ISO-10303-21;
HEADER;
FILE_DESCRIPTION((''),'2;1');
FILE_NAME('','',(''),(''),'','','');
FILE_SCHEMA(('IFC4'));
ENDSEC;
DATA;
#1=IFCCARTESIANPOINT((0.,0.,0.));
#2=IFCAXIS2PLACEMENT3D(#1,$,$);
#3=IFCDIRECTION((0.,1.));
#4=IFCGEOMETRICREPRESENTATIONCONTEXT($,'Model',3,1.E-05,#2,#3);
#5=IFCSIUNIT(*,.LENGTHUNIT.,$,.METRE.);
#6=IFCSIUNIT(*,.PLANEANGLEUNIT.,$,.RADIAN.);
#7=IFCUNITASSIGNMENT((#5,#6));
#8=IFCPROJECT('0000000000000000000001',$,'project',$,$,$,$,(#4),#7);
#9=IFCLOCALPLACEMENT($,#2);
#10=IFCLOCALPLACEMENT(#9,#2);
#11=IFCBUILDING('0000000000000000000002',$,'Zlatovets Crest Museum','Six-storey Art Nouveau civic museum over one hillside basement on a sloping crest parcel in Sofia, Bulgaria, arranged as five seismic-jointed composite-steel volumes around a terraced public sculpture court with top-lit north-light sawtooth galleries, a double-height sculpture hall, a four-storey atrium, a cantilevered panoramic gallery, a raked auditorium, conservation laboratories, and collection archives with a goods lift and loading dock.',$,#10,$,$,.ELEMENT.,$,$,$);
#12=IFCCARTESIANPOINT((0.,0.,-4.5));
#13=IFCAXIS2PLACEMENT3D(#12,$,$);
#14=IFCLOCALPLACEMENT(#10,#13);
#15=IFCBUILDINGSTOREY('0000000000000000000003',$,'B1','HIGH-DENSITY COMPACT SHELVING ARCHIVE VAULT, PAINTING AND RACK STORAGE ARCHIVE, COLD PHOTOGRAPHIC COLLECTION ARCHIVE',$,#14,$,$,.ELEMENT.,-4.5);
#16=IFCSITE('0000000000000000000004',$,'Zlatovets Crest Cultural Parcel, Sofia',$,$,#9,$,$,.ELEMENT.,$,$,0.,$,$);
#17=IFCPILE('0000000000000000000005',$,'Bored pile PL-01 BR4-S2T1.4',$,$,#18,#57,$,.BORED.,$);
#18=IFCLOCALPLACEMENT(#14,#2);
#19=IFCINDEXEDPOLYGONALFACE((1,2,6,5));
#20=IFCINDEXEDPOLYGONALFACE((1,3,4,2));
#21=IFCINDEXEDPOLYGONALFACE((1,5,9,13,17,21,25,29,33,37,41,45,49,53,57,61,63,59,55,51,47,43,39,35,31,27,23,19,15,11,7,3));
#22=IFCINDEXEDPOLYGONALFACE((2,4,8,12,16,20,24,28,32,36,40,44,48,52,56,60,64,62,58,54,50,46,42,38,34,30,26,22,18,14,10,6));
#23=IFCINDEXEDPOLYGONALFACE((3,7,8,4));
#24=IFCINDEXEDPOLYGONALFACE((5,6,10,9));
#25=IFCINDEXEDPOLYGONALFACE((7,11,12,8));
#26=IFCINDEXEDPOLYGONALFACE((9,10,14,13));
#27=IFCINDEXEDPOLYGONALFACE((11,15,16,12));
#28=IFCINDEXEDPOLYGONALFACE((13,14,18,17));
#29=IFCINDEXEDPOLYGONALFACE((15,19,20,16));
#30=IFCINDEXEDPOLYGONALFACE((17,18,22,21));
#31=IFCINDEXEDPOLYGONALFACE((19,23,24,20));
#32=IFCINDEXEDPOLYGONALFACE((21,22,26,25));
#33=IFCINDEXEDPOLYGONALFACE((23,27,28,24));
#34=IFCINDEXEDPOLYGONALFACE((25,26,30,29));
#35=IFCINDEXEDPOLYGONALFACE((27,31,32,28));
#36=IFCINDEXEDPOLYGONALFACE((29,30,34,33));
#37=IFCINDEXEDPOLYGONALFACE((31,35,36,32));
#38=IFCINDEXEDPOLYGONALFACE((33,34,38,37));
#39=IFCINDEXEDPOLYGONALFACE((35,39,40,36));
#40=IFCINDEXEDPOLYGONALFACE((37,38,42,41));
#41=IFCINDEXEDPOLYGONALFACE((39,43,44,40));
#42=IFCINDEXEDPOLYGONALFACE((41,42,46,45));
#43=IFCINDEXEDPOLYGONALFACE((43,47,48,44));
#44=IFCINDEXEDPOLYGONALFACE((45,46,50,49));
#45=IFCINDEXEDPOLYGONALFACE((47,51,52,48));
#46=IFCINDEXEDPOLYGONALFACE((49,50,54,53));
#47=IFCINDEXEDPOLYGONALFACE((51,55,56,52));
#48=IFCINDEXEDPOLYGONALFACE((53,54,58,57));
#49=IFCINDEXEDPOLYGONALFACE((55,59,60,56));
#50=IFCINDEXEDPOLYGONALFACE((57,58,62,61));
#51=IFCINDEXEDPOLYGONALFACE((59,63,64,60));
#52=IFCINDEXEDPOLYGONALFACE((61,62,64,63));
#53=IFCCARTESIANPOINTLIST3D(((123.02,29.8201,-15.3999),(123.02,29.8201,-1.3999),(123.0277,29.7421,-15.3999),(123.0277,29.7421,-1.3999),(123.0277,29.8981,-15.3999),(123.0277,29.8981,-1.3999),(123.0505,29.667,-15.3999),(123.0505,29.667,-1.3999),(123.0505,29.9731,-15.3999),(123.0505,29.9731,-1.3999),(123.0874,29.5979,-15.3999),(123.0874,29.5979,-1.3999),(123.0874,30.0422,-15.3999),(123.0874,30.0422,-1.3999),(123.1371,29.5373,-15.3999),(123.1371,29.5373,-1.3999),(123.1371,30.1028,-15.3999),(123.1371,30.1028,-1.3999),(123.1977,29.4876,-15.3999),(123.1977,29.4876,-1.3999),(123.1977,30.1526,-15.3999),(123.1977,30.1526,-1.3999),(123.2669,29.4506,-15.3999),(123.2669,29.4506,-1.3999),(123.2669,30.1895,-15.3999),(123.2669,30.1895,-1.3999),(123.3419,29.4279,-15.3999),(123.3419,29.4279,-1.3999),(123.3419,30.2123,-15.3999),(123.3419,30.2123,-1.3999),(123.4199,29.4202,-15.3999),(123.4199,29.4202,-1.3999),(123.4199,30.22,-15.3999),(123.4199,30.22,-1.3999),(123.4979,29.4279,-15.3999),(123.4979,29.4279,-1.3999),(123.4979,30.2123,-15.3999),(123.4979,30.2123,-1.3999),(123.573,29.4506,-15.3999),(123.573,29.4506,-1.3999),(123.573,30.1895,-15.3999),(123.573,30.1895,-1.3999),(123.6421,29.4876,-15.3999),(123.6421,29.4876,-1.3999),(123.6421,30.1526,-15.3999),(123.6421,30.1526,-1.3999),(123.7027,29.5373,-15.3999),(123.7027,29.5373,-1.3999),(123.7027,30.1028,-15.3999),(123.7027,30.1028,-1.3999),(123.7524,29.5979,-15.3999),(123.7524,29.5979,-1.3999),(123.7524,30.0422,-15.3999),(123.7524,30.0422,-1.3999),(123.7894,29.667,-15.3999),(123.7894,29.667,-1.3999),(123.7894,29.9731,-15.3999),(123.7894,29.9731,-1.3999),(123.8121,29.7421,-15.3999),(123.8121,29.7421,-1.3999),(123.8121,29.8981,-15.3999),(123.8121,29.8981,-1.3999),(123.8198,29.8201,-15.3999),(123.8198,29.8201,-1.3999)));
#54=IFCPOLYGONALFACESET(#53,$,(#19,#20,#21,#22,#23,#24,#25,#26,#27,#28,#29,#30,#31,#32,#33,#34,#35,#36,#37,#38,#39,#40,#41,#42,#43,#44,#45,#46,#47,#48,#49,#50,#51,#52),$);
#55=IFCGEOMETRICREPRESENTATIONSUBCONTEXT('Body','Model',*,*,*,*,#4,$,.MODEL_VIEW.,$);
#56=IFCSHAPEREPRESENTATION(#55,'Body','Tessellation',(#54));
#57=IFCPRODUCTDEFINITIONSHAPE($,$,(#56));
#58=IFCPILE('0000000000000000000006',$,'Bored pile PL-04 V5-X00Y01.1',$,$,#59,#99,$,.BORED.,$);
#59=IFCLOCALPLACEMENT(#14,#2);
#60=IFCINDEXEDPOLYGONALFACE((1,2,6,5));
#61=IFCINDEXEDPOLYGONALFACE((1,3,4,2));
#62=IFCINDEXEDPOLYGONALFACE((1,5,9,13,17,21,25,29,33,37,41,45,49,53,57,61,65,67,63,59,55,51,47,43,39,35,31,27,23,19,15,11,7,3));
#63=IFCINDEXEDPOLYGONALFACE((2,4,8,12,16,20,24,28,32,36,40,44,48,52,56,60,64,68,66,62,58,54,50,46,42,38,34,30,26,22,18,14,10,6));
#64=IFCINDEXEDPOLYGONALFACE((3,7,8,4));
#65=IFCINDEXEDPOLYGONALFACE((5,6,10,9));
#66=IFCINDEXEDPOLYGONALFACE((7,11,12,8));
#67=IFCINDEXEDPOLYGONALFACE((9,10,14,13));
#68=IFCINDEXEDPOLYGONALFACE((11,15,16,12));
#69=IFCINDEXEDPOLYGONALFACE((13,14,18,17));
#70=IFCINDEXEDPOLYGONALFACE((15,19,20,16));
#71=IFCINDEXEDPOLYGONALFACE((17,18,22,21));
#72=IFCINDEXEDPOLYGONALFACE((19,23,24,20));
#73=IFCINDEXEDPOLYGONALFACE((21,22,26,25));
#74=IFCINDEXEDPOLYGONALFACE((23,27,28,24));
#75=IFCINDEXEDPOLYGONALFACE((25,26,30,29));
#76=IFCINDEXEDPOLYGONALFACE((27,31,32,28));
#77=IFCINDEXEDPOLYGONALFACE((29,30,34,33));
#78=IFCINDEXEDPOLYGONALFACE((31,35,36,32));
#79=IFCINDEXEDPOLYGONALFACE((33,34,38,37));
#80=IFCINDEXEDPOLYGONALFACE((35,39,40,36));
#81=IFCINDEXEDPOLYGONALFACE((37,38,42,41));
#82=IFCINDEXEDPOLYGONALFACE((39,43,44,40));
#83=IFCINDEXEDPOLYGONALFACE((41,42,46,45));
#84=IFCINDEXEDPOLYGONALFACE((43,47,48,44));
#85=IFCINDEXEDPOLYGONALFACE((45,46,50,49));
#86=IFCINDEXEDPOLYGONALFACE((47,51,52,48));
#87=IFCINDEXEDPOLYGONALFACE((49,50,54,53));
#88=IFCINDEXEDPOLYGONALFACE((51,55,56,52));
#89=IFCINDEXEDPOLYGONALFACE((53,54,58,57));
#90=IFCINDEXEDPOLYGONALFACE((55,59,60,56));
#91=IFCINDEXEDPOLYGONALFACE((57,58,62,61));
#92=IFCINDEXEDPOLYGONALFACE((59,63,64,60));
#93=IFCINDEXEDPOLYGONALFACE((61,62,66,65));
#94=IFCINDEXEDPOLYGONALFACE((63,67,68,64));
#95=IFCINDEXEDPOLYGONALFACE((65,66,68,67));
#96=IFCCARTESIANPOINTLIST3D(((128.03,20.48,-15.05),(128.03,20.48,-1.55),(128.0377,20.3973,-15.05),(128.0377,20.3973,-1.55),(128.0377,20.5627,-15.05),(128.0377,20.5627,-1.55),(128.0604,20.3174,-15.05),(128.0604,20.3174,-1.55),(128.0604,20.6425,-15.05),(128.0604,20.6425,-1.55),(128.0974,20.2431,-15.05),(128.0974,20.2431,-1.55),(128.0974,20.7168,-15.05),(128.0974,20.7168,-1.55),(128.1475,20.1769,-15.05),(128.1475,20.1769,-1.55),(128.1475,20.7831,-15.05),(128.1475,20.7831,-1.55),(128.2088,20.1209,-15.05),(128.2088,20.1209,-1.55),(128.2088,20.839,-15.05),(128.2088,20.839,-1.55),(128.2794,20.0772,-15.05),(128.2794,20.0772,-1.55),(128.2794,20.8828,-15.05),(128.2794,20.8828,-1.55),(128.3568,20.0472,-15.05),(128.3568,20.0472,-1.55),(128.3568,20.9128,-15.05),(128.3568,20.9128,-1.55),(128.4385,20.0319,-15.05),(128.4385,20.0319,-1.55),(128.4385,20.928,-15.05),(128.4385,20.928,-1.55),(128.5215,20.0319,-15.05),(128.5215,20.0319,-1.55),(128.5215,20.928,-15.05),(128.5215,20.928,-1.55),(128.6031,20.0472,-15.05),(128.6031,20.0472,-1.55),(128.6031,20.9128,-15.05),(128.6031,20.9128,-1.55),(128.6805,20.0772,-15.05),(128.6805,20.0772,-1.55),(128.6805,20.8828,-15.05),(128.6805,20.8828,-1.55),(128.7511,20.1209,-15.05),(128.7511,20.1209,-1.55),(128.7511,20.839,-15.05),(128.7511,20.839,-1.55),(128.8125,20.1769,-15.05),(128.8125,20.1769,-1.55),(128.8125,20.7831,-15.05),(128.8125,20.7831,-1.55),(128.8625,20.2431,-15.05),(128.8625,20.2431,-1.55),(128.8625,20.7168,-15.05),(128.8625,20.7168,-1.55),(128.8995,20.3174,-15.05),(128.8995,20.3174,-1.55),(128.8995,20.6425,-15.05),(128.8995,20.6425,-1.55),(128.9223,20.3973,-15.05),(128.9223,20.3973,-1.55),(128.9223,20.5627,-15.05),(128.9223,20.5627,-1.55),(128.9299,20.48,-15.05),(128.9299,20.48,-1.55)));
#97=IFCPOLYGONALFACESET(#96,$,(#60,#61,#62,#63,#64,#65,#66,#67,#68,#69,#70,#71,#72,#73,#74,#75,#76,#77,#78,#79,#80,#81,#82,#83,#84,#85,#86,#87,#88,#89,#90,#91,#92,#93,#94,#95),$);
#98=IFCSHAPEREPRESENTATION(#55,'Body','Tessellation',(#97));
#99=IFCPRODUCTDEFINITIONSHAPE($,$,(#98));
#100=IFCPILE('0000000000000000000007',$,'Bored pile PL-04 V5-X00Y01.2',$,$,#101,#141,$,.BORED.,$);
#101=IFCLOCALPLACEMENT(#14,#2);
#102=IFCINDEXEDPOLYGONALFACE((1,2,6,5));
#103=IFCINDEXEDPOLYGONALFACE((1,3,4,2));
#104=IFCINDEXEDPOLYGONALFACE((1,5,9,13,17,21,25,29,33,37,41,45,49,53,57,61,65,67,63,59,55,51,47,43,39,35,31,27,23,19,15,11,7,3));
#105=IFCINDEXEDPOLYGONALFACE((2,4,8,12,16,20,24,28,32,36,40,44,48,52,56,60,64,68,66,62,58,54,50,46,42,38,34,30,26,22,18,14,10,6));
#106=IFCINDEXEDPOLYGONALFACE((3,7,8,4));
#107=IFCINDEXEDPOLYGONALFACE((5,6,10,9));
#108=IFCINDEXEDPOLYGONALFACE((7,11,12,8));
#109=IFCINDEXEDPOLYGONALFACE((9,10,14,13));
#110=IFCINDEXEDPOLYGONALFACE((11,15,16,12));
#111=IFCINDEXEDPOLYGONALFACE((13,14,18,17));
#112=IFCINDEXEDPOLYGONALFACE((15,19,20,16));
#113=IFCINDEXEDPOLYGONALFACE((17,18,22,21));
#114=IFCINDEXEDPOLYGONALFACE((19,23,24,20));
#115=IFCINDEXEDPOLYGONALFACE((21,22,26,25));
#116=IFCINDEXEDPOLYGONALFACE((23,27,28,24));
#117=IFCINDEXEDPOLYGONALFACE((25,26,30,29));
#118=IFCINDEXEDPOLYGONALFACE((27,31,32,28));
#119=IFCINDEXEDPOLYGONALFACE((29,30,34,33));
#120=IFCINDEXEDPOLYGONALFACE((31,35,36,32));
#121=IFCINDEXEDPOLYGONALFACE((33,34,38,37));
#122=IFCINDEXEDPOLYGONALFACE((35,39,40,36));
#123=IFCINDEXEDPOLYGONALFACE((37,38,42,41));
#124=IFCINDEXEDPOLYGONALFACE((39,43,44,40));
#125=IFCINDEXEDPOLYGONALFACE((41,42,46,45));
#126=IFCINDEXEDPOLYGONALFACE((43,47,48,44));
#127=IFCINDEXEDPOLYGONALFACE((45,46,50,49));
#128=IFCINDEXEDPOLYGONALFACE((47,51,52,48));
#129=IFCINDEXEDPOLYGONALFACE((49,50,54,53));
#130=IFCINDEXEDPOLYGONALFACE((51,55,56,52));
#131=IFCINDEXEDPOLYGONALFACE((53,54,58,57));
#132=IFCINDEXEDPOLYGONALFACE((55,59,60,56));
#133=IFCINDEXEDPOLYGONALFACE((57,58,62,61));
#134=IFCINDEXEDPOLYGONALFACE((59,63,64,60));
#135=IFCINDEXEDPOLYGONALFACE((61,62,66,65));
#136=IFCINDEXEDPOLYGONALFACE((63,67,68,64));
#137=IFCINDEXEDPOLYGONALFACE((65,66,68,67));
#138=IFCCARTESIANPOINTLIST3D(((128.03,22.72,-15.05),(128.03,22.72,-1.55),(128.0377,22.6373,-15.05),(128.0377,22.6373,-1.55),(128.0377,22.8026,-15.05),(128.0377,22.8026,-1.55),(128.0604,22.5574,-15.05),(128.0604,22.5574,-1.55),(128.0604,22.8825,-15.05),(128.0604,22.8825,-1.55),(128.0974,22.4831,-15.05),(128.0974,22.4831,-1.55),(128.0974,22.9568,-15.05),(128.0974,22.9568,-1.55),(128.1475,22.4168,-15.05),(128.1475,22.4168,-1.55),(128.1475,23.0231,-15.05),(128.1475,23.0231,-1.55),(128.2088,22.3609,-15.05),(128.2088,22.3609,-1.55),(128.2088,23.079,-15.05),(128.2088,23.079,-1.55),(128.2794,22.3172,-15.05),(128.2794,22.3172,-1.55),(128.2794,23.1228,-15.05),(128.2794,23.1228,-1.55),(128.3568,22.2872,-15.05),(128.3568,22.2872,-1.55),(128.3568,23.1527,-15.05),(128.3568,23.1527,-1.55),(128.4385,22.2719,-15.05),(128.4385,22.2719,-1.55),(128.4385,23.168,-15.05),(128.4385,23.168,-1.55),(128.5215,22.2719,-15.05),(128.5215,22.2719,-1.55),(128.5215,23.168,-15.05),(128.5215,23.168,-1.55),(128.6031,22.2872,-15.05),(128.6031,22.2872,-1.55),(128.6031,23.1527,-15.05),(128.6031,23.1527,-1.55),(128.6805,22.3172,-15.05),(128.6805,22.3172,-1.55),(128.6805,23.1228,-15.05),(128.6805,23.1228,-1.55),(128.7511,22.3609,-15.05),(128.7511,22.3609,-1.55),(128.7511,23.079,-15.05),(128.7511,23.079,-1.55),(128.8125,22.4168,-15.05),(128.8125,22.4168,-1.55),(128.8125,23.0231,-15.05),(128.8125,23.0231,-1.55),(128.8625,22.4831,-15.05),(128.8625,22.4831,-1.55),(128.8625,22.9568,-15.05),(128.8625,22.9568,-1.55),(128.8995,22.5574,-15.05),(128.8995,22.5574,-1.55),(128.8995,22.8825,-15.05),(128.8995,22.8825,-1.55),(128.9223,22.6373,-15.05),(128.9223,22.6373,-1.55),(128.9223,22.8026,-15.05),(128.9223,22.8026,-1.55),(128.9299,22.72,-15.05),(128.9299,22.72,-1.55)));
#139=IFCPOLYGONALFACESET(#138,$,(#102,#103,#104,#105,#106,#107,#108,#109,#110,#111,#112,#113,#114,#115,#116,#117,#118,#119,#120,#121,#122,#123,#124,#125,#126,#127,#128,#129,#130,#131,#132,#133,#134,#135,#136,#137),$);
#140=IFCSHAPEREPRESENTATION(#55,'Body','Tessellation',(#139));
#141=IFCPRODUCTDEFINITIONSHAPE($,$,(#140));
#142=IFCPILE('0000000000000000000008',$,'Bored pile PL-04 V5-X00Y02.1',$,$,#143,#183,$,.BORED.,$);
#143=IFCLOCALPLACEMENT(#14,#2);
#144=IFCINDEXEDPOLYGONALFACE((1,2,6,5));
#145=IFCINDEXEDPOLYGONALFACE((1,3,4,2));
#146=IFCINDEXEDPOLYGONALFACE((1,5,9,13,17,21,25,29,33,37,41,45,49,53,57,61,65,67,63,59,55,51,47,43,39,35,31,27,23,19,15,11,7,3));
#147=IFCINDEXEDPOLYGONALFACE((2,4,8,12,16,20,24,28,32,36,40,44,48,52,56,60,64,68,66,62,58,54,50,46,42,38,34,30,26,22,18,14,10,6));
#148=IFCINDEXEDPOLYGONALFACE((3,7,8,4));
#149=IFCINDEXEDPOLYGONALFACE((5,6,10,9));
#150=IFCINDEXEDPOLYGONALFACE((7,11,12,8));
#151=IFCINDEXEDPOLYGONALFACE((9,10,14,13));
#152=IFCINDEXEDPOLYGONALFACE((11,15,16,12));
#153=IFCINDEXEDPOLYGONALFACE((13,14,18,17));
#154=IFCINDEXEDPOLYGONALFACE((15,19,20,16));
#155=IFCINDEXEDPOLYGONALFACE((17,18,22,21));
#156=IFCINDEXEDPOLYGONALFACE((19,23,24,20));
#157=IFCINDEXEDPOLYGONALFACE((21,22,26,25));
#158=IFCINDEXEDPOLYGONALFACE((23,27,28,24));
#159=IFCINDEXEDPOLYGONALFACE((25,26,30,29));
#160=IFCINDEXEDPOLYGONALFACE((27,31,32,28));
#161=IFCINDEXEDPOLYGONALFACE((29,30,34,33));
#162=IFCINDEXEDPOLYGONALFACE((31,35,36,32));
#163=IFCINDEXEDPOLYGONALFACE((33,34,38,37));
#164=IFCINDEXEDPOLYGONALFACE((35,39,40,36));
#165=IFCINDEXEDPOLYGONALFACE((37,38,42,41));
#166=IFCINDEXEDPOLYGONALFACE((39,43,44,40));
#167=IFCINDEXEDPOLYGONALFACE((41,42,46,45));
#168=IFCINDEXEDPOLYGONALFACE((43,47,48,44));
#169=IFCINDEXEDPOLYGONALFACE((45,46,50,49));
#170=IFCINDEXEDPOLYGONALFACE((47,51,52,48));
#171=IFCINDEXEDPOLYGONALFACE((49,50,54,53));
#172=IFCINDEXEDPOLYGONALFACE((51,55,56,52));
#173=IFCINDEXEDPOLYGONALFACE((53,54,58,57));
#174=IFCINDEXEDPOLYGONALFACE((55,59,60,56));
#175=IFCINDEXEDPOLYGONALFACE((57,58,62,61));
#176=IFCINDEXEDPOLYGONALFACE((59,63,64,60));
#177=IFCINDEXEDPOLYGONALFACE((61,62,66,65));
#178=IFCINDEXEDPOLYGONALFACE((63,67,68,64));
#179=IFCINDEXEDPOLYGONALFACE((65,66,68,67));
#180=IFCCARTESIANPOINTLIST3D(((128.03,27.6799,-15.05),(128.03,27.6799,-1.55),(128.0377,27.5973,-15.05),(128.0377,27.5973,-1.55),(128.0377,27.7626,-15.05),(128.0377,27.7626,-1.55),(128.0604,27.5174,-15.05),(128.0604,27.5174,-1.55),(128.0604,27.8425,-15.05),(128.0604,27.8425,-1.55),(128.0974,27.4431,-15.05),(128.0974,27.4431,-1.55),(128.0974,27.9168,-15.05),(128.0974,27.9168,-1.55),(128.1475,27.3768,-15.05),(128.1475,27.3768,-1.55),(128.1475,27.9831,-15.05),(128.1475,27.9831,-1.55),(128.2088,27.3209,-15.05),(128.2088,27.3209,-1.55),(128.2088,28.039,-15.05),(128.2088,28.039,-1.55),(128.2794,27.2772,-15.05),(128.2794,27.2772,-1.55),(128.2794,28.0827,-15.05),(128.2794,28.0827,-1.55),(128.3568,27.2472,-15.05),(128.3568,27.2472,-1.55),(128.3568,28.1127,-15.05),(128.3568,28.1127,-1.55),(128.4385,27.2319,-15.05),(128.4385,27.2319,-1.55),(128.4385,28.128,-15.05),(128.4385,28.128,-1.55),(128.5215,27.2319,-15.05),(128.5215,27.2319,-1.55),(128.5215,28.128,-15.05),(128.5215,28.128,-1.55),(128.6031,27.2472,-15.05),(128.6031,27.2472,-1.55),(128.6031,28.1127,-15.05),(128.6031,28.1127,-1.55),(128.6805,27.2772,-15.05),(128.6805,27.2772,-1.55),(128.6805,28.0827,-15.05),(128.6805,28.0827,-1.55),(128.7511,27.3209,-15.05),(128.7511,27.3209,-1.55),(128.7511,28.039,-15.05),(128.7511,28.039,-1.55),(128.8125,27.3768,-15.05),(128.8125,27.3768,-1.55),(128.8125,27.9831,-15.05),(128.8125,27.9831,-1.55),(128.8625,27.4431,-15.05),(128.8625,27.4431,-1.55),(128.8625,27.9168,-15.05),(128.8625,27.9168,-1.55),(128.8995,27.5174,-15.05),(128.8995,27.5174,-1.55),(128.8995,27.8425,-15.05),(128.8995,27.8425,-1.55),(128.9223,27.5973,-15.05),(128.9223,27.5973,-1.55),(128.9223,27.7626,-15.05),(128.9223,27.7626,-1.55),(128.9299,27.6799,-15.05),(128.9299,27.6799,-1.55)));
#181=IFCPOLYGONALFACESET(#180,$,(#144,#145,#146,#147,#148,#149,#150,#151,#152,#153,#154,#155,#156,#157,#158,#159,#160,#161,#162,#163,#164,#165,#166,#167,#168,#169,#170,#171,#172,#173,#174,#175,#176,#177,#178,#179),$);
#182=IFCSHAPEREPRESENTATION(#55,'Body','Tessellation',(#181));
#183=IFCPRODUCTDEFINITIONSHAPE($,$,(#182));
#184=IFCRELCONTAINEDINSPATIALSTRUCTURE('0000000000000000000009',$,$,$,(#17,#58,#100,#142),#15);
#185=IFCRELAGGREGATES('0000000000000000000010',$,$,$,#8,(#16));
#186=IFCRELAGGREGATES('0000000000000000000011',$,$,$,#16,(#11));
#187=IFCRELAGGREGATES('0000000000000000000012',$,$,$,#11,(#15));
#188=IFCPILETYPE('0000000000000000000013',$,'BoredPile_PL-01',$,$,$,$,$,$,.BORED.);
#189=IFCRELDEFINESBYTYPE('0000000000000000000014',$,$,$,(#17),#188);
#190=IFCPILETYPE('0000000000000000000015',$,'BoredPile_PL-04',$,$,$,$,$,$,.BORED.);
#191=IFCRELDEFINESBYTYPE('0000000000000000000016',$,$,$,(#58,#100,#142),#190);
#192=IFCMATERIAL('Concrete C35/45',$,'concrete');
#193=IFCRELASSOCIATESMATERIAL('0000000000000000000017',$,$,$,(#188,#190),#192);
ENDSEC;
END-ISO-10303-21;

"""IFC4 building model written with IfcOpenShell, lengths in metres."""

from ifc_helpers import new_model, si_unit, direction, frame, origin, origin_2d, place, context, subcontext, project, spatial, circle, extrude, material, material_profile, profile_set, type_object, element, save


model = new_model("IFC4")

# Units and contexts
model_context = context("Model", 3, precision=1e-05, world=origin(), true_north=direction((0.0, 1.0)))
body_context = subcontext(model_context, "Body", "Model", "MODEL_VIEW")
ifc_project = project(units=[si_unit("LENGTHUNIT", "METRE"), si_unit("PLANEANGLEUNIT", "RADIAN")], contexts=[model_context])

# Site, building, storey
site_placement = place(None, origin())
site = spatial("IfcSite", under=ifc_project, at=site_placement, Name="Zlatovets Crest Cultural Parcel, Sofia", CompositionType="ELEMENT", RefElevation=0.0)
building_placement = place(site_placement, origin())
building = spatial("IfcBuilding", under=site, at=building_placement, Name="Zlatovets Crest Museum", Description="Six-storey Art Nouveau civic museum over one hillside basement on a sloping crest parcel in Sofia, Bulgaria, arranged as five seismic-jointed composite-steel volumes around a terraced public sculpture court with top-lit north-light sawtooth galleries, a double-height sculpture hall, a four-storey atrium, a cantilevered panoramic gallery, a raked auditorium, conservation laboratories, and collection archives with a goods lift and loading dock.", CompositionType="ELEMENT")
storey_placement = place(building_placement, frame((0.0, 0.0, -4.5)))
storey = spatial("IfcBuildingStorey", under=building, at=storey_placement, Name="B1", Description="HIGH-DENSITY COMPACT SHELVING ARCHIVE VAULT, PAINTING AND RACK STORAGE ARCHIVE, COLD PHOTOGRAPHIC COLLECTION ARCHIVE", CompositionType="ELEMENT", Elevation=-4.5)

# Piles
ifc_material_1 = material(Name="Concrete C35/45", Category="concrete")
ifc_material_profile_1 = material_profile(ifc_material_1, circle(Radius=0.3999, at=origin_2d()), Name="PILE D800")
ifc_profile_set_1 = profile_set([ifc_material_profile_1], Name="Concrete C35/45")
pile_type_1 = type_object("IfcPileType", Name="BoredPile_PL-01", PredefinedType="BORED", material=ifc_profile_set_1)
for number, where, z_axis, x_axis, name in (
    (1, (123.4199, 29.8201, -1.3999), (0.0, 0.0, -1.0), (1.0, 0.0, 0.0), "Bored pile PL-01 BR4-S2T1.4"),
):
    element("IfcPile", number, at=place(storey_placement, frame(where, z_axis=z_axis, x_axis=x_axis)), inside=storey, type_object=pile_type_1, Name=name, PredefinedType="BORED", context=body_context, shape_type="SweptSolid", body=[
        extrude(circle(Radius=0.3999, at=origin_2d()), origin(), (0.0, 0.0, 1.0), 14.0),
    ])
ifc_material_profile_2 = material_profile(ifc_material_1, circle(Radius=0.45, at=origin_2d()), Name="PILE D900")
ifc_profile_set_2 = profile_set([ifc_material_profile_2], Name="Concrete C35/45")
pile_type_2 = type_object("IfcPileType", Name="BoredPile_PL-04", PredefinedType="BORED", material=ifc_profile_set_2)
for number, where, z_axis, x_axis, name in (
    (2, (128.48, 20.48, -1.55), (0.0, 0.0, -1.0), (1.0, 0.0, 0.0), "Bored pile PL-04 V5-X00Y01.1"),
    (3, (128.48, 22.72, -1.55), (0.0, 0.0, -1.0), (1.0, 0.0, 0.0), "Bored pile PL-04 V5-X00Y01.2"),
    (4, (128.48, 27.6799, -1.55), (0.0, 0.0, -1.0), (1.0, 0.0, 0.0), "Bored pile PL-04 V5-X00Y02.1"),
):
    element("IfcPile", number, at=place(storey_placement, frame(where, z_axis=z_axis, x_axis=x_axis)), inside=storey, type_object=pile_type_2, Name=name, PredefinedType="BORED", context=body_context, shape_type="SweptSolid", body=[
        extrude(circle(Radius=0.45, at=origin_2d()), origin(), (0.0, 0.0, 1.0), 13.5),
    ])

save(model, "model.ifc")
